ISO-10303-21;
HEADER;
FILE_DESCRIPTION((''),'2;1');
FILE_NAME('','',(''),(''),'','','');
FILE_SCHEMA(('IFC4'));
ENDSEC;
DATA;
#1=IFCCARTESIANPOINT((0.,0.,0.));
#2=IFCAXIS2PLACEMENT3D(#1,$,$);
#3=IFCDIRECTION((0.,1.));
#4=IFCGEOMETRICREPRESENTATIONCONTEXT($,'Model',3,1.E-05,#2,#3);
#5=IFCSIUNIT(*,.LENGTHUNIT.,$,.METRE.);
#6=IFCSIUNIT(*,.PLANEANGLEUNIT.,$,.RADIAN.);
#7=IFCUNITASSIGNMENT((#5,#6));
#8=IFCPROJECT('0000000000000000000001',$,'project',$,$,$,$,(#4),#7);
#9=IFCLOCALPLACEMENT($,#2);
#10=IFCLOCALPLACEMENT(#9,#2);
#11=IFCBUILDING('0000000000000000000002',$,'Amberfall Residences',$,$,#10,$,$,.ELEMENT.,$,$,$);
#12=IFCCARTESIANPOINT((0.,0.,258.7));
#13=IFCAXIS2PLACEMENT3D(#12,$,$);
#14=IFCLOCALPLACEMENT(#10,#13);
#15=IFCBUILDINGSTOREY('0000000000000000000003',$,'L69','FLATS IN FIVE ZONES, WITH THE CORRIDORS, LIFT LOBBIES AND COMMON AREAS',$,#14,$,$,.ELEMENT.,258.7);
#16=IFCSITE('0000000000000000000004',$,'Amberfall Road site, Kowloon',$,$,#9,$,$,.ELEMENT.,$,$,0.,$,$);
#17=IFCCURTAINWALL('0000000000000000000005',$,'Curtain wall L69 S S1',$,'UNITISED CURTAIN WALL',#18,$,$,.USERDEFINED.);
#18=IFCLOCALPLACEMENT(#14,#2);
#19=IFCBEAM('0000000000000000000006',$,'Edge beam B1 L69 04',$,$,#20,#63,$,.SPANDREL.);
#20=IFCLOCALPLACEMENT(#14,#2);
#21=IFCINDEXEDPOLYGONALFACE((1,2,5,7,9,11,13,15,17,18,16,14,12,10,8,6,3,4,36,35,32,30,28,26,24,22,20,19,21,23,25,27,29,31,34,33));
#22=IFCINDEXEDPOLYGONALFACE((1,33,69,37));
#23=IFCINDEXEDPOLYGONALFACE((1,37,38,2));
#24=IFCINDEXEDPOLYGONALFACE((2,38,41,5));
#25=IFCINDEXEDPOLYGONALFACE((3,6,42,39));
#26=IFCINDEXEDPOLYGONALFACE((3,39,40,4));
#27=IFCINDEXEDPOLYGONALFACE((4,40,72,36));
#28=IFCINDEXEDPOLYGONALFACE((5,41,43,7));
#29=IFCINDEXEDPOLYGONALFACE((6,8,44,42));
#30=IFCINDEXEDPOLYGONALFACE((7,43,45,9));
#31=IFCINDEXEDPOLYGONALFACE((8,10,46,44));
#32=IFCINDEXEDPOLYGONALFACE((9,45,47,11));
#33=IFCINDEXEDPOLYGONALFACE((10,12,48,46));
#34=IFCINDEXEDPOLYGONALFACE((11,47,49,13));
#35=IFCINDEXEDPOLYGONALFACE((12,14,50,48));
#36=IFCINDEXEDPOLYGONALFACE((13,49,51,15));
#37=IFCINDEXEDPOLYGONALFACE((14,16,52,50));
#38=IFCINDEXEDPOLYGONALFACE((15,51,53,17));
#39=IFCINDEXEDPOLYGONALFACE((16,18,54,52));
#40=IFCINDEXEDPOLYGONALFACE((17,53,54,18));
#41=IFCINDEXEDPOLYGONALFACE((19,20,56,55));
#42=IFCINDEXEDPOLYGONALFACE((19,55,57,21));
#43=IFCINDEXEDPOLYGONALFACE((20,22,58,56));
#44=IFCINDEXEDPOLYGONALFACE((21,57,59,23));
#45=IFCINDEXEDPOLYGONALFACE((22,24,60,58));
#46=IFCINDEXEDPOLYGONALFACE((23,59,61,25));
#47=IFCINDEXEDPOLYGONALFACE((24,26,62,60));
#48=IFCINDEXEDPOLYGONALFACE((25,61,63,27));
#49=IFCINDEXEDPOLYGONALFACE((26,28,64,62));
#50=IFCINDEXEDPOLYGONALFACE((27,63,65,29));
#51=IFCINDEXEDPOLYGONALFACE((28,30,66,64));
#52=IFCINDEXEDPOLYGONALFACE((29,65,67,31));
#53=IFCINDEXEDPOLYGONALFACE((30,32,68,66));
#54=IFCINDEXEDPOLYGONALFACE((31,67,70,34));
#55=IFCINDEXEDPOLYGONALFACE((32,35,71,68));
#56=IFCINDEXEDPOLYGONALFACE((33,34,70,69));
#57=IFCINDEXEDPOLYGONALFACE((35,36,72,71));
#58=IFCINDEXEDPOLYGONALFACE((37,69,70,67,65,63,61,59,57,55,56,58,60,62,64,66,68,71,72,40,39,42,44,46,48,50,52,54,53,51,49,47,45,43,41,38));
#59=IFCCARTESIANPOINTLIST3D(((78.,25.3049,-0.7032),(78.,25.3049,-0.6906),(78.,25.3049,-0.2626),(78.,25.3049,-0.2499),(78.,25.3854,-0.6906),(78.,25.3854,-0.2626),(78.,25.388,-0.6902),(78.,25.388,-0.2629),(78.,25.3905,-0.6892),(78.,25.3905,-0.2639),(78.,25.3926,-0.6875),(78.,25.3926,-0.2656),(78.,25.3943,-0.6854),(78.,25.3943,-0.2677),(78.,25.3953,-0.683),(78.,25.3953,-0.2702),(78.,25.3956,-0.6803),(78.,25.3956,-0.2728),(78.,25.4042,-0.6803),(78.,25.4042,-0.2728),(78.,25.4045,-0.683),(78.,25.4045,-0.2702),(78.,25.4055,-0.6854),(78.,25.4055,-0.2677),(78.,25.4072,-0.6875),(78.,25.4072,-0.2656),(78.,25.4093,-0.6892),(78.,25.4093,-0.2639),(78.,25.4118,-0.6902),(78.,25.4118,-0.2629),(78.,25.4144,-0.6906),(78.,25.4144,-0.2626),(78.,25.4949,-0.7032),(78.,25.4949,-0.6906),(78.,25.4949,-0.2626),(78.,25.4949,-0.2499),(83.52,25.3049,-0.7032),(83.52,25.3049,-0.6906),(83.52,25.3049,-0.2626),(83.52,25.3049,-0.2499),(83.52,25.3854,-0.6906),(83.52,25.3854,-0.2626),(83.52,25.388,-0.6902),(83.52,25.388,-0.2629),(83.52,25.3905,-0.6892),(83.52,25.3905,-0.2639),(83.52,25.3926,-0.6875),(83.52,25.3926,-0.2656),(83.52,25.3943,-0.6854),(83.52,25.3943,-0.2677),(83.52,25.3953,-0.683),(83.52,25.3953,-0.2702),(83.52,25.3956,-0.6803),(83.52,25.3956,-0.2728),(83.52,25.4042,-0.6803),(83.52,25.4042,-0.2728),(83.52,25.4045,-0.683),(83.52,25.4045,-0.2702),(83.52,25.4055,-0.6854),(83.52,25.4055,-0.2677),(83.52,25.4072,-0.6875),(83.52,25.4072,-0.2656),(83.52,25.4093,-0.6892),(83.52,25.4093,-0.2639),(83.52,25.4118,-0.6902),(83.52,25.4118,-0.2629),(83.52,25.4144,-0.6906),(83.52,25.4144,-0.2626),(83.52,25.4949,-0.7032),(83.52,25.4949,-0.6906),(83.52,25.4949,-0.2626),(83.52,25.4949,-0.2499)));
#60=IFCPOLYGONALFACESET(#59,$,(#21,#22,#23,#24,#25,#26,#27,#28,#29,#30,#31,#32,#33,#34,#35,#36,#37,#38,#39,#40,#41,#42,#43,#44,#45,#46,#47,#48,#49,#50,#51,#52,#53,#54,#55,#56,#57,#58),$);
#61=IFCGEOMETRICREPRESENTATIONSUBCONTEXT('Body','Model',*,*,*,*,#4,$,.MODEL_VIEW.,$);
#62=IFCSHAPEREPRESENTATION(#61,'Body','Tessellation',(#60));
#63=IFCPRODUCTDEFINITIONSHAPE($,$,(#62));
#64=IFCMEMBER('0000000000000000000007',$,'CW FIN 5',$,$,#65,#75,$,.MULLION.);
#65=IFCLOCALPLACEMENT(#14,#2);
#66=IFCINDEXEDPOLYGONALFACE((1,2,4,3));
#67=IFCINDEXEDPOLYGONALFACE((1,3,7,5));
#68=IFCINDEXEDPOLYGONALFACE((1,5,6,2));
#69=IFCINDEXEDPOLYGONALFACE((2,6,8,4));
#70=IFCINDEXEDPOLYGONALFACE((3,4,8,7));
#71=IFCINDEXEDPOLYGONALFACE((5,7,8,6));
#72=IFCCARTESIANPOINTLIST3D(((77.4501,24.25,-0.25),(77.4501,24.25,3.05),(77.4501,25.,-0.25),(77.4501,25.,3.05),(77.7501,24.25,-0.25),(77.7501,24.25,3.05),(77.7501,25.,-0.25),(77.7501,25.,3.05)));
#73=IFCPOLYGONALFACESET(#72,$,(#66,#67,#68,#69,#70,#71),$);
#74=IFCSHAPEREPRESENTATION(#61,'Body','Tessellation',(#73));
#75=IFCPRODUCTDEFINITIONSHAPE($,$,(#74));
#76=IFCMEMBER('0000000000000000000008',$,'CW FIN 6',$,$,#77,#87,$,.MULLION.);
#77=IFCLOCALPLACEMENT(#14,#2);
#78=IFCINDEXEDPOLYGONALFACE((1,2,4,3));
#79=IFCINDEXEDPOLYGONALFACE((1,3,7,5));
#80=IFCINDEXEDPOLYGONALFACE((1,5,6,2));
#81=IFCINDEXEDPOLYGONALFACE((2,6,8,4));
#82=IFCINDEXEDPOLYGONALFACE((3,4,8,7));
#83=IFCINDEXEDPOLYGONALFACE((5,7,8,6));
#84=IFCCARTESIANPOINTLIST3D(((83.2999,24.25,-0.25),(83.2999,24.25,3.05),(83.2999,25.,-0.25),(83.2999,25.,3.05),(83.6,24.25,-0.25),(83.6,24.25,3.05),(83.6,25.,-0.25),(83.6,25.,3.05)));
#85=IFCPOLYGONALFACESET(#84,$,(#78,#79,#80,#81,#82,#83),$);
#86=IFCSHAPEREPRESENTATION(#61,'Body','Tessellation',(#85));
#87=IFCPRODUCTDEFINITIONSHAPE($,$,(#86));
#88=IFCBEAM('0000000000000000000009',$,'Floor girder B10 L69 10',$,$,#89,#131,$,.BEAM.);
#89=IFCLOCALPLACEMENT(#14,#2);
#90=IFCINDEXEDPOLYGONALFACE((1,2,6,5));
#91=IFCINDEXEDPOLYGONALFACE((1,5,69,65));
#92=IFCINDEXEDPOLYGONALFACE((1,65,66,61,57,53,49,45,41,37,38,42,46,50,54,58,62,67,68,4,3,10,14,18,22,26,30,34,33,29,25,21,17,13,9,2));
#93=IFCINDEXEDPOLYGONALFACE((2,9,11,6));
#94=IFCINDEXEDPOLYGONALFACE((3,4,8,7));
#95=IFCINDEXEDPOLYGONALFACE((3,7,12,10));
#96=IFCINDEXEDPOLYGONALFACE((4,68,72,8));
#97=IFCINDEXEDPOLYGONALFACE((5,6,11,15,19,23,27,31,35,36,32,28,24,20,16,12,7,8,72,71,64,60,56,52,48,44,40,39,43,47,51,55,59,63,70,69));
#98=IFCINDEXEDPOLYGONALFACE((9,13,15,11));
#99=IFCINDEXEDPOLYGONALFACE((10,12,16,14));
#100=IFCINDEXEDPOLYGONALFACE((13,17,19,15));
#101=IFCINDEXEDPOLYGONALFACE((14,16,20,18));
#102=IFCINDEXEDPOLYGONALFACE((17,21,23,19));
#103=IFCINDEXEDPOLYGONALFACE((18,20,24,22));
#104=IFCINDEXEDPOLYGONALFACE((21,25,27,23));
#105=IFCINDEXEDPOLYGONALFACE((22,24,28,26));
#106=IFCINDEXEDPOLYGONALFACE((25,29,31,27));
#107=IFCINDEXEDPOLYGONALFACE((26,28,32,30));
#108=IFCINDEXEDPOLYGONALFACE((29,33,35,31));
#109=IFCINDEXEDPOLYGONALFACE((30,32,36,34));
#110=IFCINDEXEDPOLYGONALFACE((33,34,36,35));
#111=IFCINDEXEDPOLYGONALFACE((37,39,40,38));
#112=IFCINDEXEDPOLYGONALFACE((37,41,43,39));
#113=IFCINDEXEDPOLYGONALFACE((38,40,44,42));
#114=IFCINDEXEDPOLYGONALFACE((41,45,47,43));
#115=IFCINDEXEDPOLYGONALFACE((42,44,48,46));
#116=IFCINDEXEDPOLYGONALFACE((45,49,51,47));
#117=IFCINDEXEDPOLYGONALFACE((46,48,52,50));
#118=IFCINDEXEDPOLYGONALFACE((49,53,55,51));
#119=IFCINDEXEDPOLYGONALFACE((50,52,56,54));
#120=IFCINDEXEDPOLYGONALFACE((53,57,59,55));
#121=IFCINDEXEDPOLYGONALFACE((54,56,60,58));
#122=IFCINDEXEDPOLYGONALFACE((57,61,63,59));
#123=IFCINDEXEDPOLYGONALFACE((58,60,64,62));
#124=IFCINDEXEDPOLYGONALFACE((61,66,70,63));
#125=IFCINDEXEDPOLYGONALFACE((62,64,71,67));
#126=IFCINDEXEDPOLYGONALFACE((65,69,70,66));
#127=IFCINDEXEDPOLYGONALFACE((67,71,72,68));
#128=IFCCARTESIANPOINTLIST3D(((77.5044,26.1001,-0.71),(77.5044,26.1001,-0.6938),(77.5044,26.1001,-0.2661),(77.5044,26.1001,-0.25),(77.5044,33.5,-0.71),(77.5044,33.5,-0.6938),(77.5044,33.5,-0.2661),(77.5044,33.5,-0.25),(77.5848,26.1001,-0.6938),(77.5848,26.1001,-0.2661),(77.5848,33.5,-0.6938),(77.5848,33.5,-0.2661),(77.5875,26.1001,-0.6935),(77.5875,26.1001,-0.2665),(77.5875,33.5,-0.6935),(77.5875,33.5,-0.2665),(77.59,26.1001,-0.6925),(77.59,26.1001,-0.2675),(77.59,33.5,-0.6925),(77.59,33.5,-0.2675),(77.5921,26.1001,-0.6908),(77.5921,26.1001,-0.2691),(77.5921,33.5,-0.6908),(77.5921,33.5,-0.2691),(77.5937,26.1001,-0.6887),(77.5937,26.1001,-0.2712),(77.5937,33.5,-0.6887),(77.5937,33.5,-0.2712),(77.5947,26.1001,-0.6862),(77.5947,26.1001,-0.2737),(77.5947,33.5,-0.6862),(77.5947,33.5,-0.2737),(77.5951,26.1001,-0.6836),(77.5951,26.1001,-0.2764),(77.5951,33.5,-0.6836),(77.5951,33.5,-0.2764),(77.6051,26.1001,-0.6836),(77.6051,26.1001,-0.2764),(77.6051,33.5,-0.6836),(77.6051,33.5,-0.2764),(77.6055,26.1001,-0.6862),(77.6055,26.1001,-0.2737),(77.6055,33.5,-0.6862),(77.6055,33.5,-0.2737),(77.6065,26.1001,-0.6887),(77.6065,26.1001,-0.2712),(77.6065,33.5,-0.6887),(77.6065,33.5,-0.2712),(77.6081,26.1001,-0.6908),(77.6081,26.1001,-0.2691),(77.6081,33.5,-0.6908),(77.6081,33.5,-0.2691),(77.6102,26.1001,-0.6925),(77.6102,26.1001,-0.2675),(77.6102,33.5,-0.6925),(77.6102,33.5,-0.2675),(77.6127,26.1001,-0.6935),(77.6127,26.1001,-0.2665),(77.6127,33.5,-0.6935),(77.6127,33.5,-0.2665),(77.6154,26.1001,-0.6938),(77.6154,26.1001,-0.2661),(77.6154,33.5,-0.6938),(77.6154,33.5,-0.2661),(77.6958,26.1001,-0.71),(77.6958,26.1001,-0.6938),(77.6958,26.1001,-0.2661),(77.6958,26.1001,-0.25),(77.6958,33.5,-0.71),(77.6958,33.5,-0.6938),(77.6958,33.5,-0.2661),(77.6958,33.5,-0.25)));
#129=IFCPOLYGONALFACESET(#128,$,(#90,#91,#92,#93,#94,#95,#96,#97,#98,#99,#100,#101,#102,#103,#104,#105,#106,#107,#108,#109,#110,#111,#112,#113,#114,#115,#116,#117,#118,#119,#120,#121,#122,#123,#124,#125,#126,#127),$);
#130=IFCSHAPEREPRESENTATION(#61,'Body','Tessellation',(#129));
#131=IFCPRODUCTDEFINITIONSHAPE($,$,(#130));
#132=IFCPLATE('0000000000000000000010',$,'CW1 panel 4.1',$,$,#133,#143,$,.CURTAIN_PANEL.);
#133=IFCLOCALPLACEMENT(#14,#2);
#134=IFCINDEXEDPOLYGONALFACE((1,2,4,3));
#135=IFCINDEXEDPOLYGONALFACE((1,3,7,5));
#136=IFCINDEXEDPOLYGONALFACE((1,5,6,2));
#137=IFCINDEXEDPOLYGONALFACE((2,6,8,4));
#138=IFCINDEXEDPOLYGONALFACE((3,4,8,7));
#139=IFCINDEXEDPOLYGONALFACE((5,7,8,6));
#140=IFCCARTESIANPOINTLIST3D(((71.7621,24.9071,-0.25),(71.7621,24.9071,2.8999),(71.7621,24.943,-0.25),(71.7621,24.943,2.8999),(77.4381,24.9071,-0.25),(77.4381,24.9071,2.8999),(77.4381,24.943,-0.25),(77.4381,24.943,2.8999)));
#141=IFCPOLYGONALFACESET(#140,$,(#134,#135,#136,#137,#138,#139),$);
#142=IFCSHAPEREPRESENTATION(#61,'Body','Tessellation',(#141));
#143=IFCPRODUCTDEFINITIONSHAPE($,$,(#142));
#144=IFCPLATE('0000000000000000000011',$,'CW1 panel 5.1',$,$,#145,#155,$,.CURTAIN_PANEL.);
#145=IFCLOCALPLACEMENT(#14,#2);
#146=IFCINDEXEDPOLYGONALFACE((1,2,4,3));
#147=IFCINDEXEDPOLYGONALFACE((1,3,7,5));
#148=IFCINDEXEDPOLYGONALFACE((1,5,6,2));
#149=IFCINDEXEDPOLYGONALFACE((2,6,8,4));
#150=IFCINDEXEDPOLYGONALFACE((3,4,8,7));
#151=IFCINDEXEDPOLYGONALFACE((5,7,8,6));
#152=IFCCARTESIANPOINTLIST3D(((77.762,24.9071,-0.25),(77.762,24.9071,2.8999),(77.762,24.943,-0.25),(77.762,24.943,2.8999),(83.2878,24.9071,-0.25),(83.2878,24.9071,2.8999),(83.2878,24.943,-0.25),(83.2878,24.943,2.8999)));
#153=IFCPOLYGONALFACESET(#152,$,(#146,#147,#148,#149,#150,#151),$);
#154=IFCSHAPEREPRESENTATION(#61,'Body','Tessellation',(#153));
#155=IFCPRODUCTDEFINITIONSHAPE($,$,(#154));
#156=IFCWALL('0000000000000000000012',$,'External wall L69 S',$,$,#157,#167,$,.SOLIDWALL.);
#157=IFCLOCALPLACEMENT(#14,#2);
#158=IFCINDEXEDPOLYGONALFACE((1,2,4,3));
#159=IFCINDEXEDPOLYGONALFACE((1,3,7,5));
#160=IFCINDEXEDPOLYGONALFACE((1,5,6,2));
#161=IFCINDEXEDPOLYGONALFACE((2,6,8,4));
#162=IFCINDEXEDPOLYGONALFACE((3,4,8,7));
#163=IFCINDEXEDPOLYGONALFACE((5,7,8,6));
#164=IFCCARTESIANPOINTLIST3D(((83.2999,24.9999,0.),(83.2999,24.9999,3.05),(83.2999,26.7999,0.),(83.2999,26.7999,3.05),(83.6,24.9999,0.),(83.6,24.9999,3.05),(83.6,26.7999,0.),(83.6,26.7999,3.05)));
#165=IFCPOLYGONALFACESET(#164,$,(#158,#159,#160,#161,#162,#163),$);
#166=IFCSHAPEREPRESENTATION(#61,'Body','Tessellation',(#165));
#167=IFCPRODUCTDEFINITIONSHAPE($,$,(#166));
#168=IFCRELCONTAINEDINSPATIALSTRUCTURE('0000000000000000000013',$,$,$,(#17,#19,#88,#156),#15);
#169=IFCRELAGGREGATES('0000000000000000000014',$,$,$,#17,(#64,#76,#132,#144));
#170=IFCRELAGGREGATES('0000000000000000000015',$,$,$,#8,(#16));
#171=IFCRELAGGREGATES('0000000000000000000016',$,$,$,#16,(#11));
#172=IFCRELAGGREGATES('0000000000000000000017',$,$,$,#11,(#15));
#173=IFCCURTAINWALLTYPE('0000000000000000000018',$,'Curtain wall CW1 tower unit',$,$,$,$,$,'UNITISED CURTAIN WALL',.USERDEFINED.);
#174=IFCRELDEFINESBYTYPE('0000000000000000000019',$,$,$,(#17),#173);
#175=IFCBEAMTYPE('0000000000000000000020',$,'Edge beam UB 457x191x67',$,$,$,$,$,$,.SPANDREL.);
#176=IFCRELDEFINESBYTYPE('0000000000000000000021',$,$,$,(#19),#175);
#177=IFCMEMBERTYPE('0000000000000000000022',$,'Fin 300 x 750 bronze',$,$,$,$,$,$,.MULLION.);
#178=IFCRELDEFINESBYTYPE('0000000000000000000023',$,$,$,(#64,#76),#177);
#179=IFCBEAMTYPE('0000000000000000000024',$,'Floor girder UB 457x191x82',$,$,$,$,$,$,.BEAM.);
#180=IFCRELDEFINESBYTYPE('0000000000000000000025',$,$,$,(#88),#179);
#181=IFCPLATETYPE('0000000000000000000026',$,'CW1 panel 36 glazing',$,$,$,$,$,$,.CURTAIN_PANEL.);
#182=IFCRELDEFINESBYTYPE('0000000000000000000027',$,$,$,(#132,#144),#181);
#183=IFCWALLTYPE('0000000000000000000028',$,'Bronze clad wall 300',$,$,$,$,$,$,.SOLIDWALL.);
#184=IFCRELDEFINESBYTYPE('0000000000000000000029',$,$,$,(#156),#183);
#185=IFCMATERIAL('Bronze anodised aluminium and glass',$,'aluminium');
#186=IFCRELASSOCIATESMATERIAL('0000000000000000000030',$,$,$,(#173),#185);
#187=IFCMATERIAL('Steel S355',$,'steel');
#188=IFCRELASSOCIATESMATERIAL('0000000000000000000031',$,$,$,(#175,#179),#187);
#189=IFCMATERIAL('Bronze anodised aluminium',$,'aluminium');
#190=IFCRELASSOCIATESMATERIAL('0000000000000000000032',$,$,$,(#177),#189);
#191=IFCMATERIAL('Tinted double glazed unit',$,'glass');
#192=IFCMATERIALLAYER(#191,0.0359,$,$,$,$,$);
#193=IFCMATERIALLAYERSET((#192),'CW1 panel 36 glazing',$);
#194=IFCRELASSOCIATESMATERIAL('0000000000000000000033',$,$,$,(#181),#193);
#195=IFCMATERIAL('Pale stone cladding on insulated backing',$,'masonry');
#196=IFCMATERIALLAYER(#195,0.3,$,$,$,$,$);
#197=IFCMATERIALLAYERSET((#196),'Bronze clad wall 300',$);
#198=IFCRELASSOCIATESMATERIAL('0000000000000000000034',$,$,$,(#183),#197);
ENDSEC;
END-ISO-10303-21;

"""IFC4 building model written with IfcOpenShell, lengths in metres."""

from ifc_helpers import new_model, si_unit, direction, frame, frame_2d, origin, origin_2d, place, context, subcontext, project, spatial, rectangle, i_section, extrude, material, layer, layer_set, material_profile, profile_set, type_object, element, aggregate, save


model = new_model("IFC4")

# Units and contexts
model_context = context("Model", 3, precision=1e-05, world=origin(), true_north=direction((0.0, 1.0)))
body_context = subcontext(model_context, "Body", "Model", "MODEL_VIEW")
ifc_project = project(units=[si_unit("LENGTHUNIT", "METRE"), si_unit("PLANEANGLEUNIT", "RADIAN")], contexts=[model_context])

# Site, building, storey
site_placement = place(None, origin())
site = spatial("IfcSite", under=ifc_project, at=site_placement, Name="Amberfall Road site, Kowloon", CompositionType="ELEMENT", RefElevation=0.0)
building_placement = place(site_placement, origin())
building = spatial("IfcBuilding", under=site, at=building_placement, Name="Amberfall Residences", CompositionType="ELEMENT")
storey_placement = place(building_placement, frame((0.0, 0.0, 258.7)))
storey = spatial("IfcBuildingStorey", under=building, at=storey_placement, Name="L69", Description="FLATS IN FIVE ZONES, WITH THE CORRIDORS, LIFT LOBBIES AND COMMON AREAS", CompositionType="ELEMENT", Elevation=258.7)

# Curtain wall
ifc_material_1 = material(Name="Bronze anodised aluminium and glass", Category="aluminium")
curtain_wall_type = type_object("IfcCurtainWallType", Name="Curtain wall CW1 tower unit", ElementType="UNITISED CURTAIN WALL", PredefinedType="USERDEFINED", material=ifc_material_1)
curtain_wall_placement = place(storey_placement, origin())
curtain_wall = element("IfcCurtainWall", 1, at=curtain_wall_placement, inside=storey, type_object=curtain_wall_type, Name="Curtain wall L69 S S1", ObjectType="UNITISED CURTAIN WALL", PredefinedType="USERDEFINED")
ifc_material_2 = material(Name="Bronze anodised aluminium", Category="aluminium")

# Beam
ifc_material_3 = material(Name="Steel S355", Category="steel")
ifc_material_profile_1 = material_profile(ifc_material_3, i_section(OverallWidth=0.1899, OverallDepth=0.4534, WebThickness=0.0085, FlangeThickness=0.0127, FilletRadius=0.0103, at=origin_2d()), Name="UB 457x191x67")
ifc_profile_set_1 = profile_set([ifc_material_profile_1], Name="Steel S355")
beam_type_1 = type_object("IfcBeamType", Name="Edge beam UB 457x191x67", PredefinedType="SPANDREL", material=ifc_profile_set_1)
beam_1_placement = place(storey_placement, frame((78.0, 25.3999, -0.4766), z_axis=(1.0, 0.0, 0.0), x_axis=(0.0, 1.0, 0.0)))
element("IfcBeam", 2, at=beam_1_placement, inside=storey, type_object=beam_type_1, Name="Edge beam B1 L69 04", PredefinedType="SPANDREL", context=body_context, shape_type="SweptSolid", body=[
    extrude(i_section(OverallWidth=0.1899, OverallDepth=0.4534, WebThickness=0.0085, FlangeThickness=0.0127, FilletRadius=0.0103, at=origin_2d()), origin(), (0.0, 0.0, 1.0), 5.52),
])

# Members
ifc_material_profile_2 = material_profile(ifc_material_2, rectangle(XDim=0.75, YDim=0.3, at=origin_2d()), Name="Fin 300 x 750 bronze")
ifc_profile_set_2 = profile_set([ifc_material_profile_2], Name="Bronze anodised aluminium")
member_type_1 = type_object("IfcMemberType", Name="Fin 300 x 750 bronze", PredefinedType="MULLION", material=ifc_profile_set_2)
member_1_placement = place(storey_placement, frame((77.6001, 24.625, -0.25), z_axis=(0.0, 0.0, 1.0), x_axis=(0.0, 1.0, 0.0)))
member_1 = element("IfcMember", 3, at=member_1_placement, type_object=member_type_1, Name="CW FIN 5", PredefinedType="MULLION", context=body_context, shape_type="SweptSolid", body=[
    extrude(rectangle(XDim=0.75, YDim=0.3, at=origin_2d()), origin(), (0.0, 0.0, 1.0), 3.3),
])
member_2_placement = place(storey_placement, frame((83.45, 24.625, -0.25), z_axis=(0.0, 0.0, 1.0), x_axis=(0.0, 1.0, 0.0)))
member_2 = element("IfcMember", 4, at=member_2_placement, type_object=member_type_1, Name="CW FIN 6", PredefinedType="MULLION", context=body_context, shape_type="SweptSolid", body=[
    extrude(rectangle(XDim=0.75, YDim=0.3, at=origin_2d()), origin(), (0.0, 0.0, 1.0), 3.3),
])

# Beam
ifc_material_profile_3 = material_profile(ifc_material_3, i_section(OverallWidth=0.1914, OverallDepth=0.46, WebThickness=0.01, FlangeThickness=0.0161, FilletRadius=0.0103, at=origin_2d()), Name="UB 457x191x82")
ifc_profile_set_3 = profile_set([ifc_material_profile_3], Name="Steel S355")
beam_type_2 = type_object("IfcBeamType", Name="Floor girder UB 457x191x82", PredefinedType="BEAM", material=ifc_profile_set_3)
beam_2_placement = place(storey_placement, frame((77.6001, 26.1001, -0.48), z_axis=(0.0, 1.0, 0.0), x_axis=(-1.0, 0.0, 0.0)))
element("IfcBeam", 5, at=beam_2_placement, inside=storey, type_object=beam_type_2, Name="Floor girder B10 L69 10", PredefinedType="BEAM", context=body_context, shape_type="SweptSolid", body=[
    extrude(i_section(OverallWidth=0.1914, OverallDepth=0.46, WebThickness=0.01, FlangeThickness=0.0161, FilletRadius=0.0103, at=origin_2d()), origin(), (0.0, 0.0, 1.0), 7.3999),
])

# Plates
ifc_material_4 = material(Name="Tinted double glazed unit", Category="glass")
ifc_layer_1 = layer(ifc_material_4, 0.0359)
ifc_layer_set_1 = layer_set([ifc_layer_1], Name="CW1 panel 36 glazing")
plate_type = type_object("IfcPlateType", Name="CW1 panel 36 glazing", PredefinedType="CURTAIN_PANEL", material=ifc_layer_set_1)
plate_1_placement = place(storey_placement, frame((74.6001, 24.925, -0.25), z_axis=(0.0, 0.0, 1.0), x_axis=(1.0, 0.0, 0.0)))
plate_1 = element("IfcPlate", 6, at=plate_1_placement, type_object=plate_type, Name="CW1 panel 4.1", PredefinedType="CURTAIN_PANEL", context=body_context, shape_type="SweptSolid", body=[
    extrude(rectangle(XDim=5.676, YDim=0.0359, at=origin_2d()), origin(), (0.0, 0.0, 1.0), 3.1499),
])
plate_2_placement = place(storey_placement, frame((80.5249, 24.925, -0.25), z_axis=(0.0, 0.0, 1.0), x_axis=(1.0, 0.0, 0.0)))
plate_2 = element("IfcPlate", 7, at=plate_2_placement, type_object=plate_type, Name="CW1 panel 5.1", PredefinedType="CURTAIN_PANEL", context=body_context, shape_type="SweptSolid", body=[
    extrude(rectangle(XDim=5.5259, YDim=0.0359, at=origin_2d()), origin(), (0.0, 0.0, 1.0), 3.1499),
])
aggregate(curtain_wall, [member_1, member_2, plate_1, plate_2])

# Wall
ifc_material_5 = material(Name="Pale stone cladding on insulated backing", Category="masonry")
ifc_layer_2 = layer(ifc_material_5, 0.3)
ifc_layer_set_2 = layer_set([ifc_layer_2], Name="Bronze clad wall 300")
wall_type_1 = type_object("IfcWallType", Name="Bronze clad wall 300", PredefinedType="SOLIDWALL", material=ifc_layer_set_2)
wall_1_placement = place(storey_placement, frame((83.45, 25.0, 0.0), z_axis=(0.0, 0.0, 1.0), x_axis=(0.0, 1.0, 0.0)))
element("IfcWall", 8, at=wall_1_placement, inside=storey, type_object=wall_type_1, Name="External wall L69 S", PredefinedType="SOLIDWALL", context=body_context, shape_type="SweptSolid", body=[
    extrude(rectangle(XDim=1.8, YDim=0.3, at=frame_2d((0.8999, 0.0))), origin(), (0.0, 0.0, 1.0), 3.05),
])

save(model, "model.ifc")
